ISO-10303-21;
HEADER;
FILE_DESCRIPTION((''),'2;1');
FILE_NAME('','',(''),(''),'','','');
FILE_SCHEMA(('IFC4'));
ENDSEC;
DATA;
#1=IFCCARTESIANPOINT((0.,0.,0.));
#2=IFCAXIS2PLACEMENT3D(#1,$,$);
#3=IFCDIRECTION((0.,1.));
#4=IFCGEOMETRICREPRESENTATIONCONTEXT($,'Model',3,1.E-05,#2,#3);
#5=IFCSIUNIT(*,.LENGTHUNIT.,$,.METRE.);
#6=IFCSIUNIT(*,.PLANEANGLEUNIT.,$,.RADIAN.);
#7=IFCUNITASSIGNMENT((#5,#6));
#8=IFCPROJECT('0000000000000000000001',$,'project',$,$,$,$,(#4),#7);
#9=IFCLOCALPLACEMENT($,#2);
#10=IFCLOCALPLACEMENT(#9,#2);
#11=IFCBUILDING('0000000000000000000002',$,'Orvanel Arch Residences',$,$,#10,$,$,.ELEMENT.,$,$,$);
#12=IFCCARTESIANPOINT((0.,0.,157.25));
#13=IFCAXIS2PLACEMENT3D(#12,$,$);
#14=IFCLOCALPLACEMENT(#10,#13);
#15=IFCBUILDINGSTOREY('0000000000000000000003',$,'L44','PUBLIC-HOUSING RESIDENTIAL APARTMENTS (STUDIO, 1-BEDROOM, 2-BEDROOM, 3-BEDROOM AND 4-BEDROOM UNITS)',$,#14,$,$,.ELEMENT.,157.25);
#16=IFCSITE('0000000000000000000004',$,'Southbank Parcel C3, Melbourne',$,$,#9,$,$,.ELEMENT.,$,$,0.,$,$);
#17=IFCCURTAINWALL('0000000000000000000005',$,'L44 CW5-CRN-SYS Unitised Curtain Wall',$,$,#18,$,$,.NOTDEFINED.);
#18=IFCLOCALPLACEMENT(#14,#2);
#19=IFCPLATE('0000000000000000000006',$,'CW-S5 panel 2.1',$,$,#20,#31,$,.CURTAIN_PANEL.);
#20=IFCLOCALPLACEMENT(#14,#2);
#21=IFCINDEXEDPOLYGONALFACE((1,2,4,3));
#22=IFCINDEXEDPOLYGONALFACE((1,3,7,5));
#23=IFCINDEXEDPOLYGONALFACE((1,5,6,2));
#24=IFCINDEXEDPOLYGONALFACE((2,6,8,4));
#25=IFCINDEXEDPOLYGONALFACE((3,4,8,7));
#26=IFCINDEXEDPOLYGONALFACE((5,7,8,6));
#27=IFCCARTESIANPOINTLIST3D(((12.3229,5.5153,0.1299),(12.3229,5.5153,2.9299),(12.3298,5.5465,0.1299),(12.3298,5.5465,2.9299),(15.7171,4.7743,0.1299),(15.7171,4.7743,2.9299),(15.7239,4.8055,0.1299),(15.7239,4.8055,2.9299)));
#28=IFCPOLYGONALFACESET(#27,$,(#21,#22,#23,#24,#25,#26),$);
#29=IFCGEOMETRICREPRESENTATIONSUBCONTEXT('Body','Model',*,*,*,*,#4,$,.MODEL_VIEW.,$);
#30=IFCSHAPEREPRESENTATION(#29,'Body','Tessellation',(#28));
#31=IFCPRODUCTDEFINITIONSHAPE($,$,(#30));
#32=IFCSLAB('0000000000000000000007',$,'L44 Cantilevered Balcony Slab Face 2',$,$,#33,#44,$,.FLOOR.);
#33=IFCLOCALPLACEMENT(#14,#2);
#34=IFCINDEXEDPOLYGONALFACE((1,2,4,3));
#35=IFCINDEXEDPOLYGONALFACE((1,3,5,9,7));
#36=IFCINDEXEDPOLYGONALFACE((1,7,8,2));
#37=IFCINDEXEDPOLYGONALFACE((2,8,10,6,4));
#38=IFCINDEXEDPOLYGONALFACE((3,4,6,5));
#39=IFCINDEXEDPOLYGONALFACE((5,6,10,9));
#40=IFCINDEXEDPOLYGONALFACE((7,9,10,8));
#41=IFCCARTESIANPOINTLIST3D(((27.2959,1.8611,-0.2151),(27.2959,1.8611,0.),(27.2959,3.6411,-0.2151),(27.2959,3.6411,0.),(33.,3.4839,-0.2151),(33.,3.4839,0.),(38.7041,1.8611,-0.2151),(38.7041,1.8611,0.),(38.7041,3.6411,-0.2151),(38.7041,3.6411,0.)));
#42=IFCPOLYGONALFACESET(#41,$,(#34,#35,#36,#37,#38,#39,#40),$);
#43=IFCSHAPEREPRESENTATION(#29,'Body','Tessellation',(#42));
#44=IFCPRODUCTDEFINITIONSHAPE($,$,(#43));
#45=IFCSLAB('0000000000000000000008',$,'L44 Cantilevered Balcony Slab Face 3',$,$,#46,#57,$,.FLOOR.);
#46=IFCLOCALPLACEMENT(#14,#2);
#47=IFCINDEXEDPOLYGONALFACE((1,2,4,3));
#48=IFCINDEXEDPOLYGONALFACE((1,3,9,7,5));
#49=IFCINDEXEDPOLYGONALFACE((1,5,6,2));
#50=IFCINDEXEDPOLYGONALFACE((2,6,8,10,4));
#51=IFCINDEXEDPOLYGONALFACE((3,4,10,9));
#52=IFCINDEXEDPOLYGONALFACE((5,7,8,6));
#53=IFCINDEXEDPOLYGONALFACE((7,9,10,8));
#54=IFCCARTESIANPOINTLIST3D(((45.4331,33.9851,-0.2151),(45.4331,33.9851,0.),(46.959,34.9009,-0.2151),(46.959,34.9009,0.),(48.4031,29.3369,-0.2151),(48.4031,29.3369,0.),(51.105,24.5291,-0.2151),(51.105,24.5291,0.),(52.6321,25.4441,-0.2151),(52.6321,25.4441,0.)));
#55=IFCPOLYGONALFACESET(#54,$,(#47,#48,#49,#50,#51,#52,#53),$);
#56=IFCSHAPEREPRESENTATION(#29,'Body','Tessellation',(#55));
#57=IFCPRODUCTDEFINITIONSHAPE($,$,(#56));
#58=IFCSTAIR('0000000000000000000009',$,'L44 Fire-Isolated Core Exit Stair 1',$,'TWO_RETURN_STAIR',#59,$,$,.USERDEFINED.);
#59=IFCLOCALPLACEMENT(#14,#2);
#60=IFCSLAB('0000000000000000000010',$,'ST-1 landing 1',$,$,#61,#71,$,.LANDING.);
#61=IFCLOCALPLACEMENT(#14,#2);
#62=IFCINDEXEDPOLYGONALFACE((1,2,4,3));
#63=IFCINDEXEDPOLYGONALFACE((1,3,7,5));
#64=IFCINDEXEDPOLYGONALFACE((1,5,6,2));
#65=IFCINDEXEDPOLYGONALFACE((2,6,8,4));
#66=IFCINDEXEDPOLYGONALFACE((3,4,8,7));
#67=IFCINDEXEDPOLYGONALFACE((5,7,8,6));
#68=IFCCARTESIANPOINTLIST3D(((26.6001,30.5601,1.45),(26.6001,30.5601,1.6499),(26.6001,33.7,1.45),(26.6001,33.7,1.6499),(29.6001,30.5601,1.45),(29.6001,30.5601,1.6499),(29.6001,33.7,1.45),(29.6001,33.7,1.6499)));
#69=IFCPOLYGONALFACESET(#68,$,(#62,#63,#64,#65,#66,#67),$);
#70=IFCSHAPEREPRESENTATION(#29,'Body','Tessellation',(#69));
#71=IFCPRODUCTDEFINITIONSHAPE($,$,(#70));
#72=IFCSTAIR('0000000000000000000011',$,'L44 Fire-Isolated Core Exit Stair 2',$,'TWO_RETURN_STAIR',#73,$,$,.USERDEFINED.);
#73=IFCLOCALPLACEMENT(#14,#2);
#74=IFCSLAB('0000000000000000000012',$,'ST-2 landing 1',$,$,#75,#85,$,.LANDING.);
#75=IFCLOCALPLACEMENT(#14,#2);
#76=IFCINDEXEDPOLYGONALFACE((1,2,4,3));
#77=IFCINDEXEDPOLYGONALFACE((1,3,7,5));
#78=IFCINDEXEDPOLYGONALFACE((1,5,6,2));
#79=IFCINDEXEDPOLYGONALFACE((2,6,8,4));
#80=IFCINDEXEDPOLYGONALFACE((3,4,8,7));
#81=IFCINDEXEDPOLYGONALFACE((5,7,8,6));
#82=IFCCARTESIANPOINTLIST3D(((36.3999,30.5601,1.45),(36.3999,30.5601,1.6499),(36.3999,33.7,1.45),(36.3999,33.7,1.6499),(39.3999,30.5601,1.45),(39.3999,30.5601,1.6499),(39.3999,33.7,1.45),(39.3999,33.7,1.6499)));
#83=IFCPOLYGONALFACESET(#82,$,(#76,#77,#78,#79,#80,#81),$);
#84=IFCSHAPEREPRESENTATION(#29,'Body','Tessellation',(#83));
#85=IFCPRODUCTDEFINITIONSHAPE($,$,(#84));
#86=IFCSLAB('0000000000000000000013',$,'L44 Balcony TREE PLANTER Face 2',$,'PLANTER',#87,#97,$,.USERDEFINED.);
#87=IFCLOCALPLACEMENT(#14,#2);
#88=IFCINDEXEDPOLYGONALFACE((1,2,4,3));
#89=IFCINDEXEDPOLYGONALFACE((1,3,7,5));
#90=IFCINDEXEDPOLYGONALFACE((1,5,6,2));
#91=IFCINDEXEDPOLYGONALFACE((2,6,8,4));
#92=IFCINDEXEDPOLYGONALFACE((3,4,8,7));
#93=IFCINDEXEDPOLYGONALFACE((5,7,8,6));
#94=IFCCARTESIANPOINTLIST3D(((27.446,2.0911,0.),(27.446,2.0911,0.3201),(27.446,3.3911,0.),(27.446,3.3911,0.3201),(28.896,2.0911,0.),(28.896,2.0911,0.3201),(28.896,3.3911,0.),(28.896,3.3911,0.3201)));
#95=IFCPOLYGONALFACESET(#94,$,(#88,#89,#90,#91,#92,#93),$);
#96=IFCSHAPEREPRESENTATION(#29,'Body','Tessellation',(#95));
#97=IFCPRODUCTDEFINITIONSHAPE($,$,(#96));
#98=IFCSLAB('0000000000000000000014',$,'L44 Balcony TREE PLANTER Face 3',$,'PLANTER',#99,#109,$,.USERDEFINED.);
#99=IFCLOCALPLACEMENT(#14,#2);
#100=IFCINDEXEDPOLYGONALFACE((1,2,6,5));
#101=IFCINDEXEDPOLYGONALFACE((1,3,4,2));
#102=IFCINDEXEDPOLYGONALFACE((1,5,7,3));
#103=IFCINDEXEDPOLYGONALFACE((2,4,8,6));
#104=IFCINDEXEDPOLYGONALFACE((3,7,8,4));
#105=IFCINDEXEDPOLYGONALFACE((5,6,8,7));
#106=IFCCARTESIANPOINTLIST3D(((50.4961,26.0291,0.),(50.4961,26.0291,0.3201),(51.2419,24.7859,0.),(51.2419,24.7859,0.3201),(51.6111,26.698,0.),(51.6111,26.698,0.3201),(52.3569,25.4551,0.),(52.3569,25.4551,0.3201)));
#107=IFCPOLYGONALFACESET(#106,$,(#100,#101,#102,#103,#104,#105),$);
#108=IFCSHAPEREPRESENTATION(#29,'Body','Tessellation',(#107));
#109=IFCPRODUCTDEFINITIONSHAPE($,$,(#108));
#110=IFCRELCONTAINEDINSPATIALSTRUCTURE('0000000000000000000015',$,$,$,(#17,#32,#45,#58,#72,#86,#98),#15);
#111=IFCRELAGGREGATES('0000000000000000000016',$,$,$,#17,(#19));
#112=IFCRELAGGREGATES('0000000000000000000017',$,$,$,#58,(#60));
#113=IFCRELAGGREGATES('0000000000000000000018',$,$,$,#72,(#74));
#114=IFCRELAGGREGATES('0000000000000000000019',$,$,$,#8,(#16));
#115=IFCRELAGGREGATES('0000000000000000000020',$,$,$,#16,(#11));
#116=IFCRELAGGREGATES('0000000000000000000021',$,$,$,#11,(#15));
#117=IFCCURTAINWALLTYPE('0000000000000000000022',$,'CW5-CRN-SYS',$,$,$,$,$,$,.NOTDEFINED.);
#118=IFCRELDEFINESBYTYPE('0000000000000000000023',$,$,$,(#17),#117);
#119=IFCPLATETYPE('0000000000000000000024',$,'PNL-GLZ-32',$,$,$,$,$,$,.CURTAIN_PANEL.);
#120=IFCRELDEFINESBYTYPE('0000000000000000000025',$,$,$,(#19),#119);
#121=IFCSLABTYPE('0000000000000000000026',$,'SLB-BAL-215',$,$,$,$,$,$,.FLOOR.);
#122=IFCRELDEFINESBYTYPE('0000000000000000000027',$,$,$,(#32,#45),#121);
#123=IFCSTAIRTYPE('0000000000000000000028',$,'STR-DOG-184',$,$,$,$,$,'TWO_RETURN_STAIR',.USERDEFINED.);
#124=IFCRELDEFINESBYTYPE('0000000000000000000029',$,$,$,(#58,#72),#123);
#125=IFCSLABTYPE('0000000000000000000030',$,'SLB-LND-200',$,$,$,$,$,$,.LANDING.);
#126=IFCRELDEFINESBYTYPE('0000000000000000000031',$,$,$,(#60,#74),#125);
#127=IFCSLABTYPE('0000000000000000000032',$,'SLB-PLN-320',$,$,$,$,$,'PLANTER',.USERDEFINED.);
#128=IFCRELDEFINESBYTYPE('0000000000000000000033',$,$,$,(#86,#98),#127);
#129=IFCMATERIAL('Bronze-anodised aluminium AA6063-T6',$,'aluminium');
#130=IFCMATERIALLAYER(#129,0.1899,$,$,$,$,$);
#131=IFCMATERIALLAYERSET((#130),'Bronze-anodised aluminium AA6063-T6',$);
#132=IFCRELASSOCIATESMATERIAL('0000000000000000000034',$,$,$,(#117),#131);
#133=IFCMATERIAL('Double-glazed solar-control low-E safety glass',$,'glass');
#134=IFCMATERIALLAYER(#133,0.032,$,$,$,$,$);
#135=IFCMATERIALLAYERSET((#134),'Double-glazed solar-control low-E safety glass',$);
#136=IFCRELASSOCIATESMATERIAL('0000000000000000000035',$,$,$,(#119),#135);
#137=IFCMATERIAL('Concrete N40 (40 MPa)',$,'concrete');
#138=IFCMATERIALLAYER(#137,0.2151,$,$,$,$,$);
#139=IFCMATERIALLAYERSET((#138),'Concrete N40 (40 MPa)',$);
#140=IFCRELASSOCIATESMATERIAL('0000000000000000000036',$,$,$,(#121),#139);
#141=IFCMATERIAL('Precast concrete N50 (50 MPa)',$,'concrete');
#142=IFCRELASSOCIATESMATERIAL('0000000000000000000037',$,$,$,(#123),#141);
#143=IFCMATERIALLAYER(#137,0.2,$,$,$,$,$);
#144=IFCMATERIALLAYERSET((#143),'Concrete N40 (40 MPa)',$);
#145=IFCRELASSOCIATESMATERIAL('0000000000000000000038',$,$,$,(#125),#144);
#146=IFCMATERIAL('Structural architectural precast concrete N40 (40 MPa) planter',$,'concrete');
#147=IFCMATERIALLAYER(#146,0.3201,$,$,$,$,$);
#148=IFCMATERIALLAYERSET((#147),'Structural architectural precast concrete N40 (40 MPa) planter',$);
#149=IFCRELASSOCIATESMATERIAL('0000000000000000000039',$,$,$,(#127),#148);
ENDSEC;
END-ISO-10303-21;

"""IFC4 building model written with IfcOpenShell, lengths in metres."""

from ifc_helpers import new_model, si_unit, direction, frame, origin, origin_2d, place, context, subcontext, project, spatial, polyline, rectangle, outline, extrude, material, layer, layer_set, type_object, element, aggregate, save


model = new_model("IFC4")

# Units and contexts
model_context = context("Model", 3, precision=1e-05, world=origin(), true_north=direction((0.0, 1.0)))
body_context = subcontext(model_context, "Body", "Model", "MODEL_VIEW")
ifc_project = project(units=[si_unit("LENGTHUNIT", "METRE"), si_unit("PLANEANGLEUNIT", "RADIAN")], contexts=[model_context])

# Site, building, storey
site_placement = place(None, origin())
site = spatial("IfcSite", under=ifc_project, at=site_placement, Name="Southbank Parcel C3, Melbourne", CompositionType="ELEMENT", RefElevation=0.0)
building_placement = place(site_placement, origin())
building = spatial("IfcBuilding", under=site, at=building_placement, Name="Orvanel Arch Residences", CompositionType="ELEMENT")
storey_placement = place(building_placement, frame((0.0, 0.0, 157.25)))
storey = spatial("IfcBuildingStorey", under=building, at=storey_placement, Name="L44", Description="PUBLIC-HOUSING RESIDENTIAL APARTMENTS (STUDIO, 1-BEDROOM, 2-BEDROOM, 3-BEDROOM AND 4-BEDROOM UNITS)", CompositionType="ELEMENT", Elevation=157.25)

# Shared definitions
ifc_material_1 = material(Name="Bronze-anodised aluminium AA6063-T6", Category="aluminium")
ifc_layer_1 = layer(ifc_material_1, 0.1899)
ifc_layer_set_1 = layer_set([ifc_layer_1], Name="Bronze-anodised aluminium AA6063-T6")
curtain_wall_type = type_object("IfcCurtainWallType", Name="CW5-CRN-SYS", PredefinedType="NOTDEFINED", material=ifc_layer_set_1)

# Curtain wall
curtain_wall_1_placement = place(storey_placement, origin())
curtain_wall_1 = element("IfcCurtainWall", 1, at=curtain_wall_1_placement, inside=storey, type_object=curtain_wall_type, Name="L44 CW5-CRN-SYS Unitised Curtain Wall", PredefinedType="NOTDEFINED")

# Plate
ifc_material_2 = material(Name="Double-glazed solar-control low-E safety glass", Category="glass")
ifc_layer_2 = layer(ifc_material_2, 0.032)
ifc_layer_set_2 = layer_set([ifc_layer_2], Name="Double-glazed solar-control low-E safety glass")
plate_type = type_object("IfcPlateType", Name="PNL-GLZ-32", PredefinedType="CURTAIN_PANEL", material=ifc_layer_set_2)
plate_1_placement = place(storey_placement, frame((14.0234, 5.1604, 0.1299), z_axis=(0.0, 0.0, 1.0), x_axis=(0.976988, -0.213294, 0.0)))
plate_1 = element("IfcPlate", 2, at=plate_1_placement, type_object=plate_type, Name="CW-S5 panel 2.1", PredefinedType="CURTAIN_PANEL", context=body_context, shape_type="SweptSolid", body=[
    extrude(rectangle(XDim=3.4741, YDim=0.032, at=origin_2d()), origin(), (0.0, 0.0, 1.0), 2.8),
])
aggregate(curtain_wall_1, [plate_1])

# Slabs
ifc_material_3 = material(Name="Concrete N40 (40 MPa)", Category="concrete")
ifc_layer_3 = layer(ifc_material_3, 0.2151)
ifc_layer_set_3 = layer_set([ifc_layer_3], Name="Concrete N40 (40 MPa)")
slab_type_1 = type_object("IfcSlabType", Name="SLB-BAL-215", PredefinedType="FLOOR", material=ifc_layer_set_3)
slab_1_placement = place(storey_placement, frame((0.0, 0.0, -0.2151)))
element("IfcSlab", 3, at=slab_1_placement, inside=storey, type_object=slab_type_1, Name="L44 Cantilevered Balcony Slab Face 2", PredefinedType="FLOOR", context=body_context, shape_type="SweptSolid", body=[
    extrude(outline(polyline([(27.2959, 1.8611), (38.7041, 1.8611), (38.7041, 3.6411), (33.0, 3.4839), (27.2959, 3.6411), (27.2959, 1.8611)])), origin(), (0.0, 0.0, 1.0), 0.2151),
])
slab_2_placement = place(storey_placement, frame((0.0, 0.0, -0.2151)))
element("IfcSlab", 4, at=slab_2_placement, inside=storey, type_object=slab_type_1, Name="L44 Cantilevered Balcony Slab Face 3", PredefinedType="FLOOR", context=body_context, shape_type="SweptSolid", body=[
    extrude(outline(polyline([(52.6321, 25.4441), (46.959, 34.9009), (45.4331, 33.9851), (48.4031, 29.3369), (51.105, 24.5291), (52.6321, 25.4441)])), origin(), (0.0, 0.0, 1.0), 0.2151),
])

# Stairs, slabs
ifc_material_4 = material(Name="Precast concrete N50 (50 MPa)", Category="concrete")
stair_type = type_object("IfcStairType", Name="STR-DOG-184", ElementType="TWO_RETURN_STAIR", PredefinedType="USERDEFINED", material=ifc_material_4)
stair_1_placement = place(storey_placement, origin())
stair_1 = element("IfcStair", 5, at=stair_1_placement, inside=storey, type_object=stair_type, Name="L44 Fire-Isolated Core Exit Stair 1", ObjectType="TWO_RETURN_STAIR", PredefinedType="USERDEFINED")
ifc_layer_4 = layer(ifc_material_3, 0.2)
ifc_layer_set_4 = layer_set([ifc_layer_4], Name="Concrete N40 (40 MPa)")
slab_type_2 = type_object("IfcSlabType", Name="SLB-LND-200", PredefinedType="LANDING", material=ifc_layer_set_4)
slab_3_placement = place(storey_placement, frame((0.0, 0.0, 1.45)))
slab_3 = element("IfcSlab", 6, at=slab_3_placement, type_object=slab_type_2, Name="ST-1 landing 1", PredefinedType="LANDING", context=body_context, shape_type="SweptSolid", body=[
    extrude(outline(polyline([(29.6001, 30.5601), (29.6001, 33.7), (26.6001, 33.7), (26.6001, 30.5601), (29.6001, 30.5601)])), origin(), (0.0, 0.0, 1.0), 0.2),
])
aggregate(stair_1, [slab_3])
stair_2_placement = place(storey_placement, origin())
stair_2 = element("IfcStair", 7, at=stair_2_placement, inside=storey, type_object=stair_type, Name="L44 Fire-Isolated Core Exit Stair 2", ObjectType="TWO_RETURN_STAIR", PredefinedType="USERDEFINED")
slab_4_placement = place(storey_placement, frame((0.0, 0.0, 1.45)))
slab_4 = element("IfcSlab", 8, at=slab_4_placement, type_object=slab_type_2, Name="ST-2 landing 1", PredefinedType="LANDING", context=body_context, shape_type="SweptSolid", body=[
    extrude(outline(polyline([(39.3999, 30.5601), (39.3999, 33.7), (36.3999, 33.7), (36.3999, 30.5601), (39.3999, 30.5601)])), origin(), (0.0, 0.0, 1.0), 0.2),
])
aggregate(stair_2, [slab_4])

# Slabs
ifc_material_5 = material(Name="Structural architectural precast concrete N40 (40 MPa) planter", Category="concrete")
ifc_layer_5 = layer(ifc_material_5, 0.3201)
ifc_layer_set_5 = layer_set([ifc_layer_5], Name="Structural architectural precast concrete N40 (40 MPa) planter")
slab_type_3 = type_object("IfcSlabType", Name="SLB-PLN-320", ElementType="PLANTER", PredefinedType="USERDEFINED", material=ifc_layer_set_5)
slab_5_placement = place(storey_placement, origin())
element("IfcSlab", 9, at=slab_5_placement, inside=storey, type_object=slab_type_3, Name="L44 Balcony TREE PLANTER Face 2", ObjectType="PLANTER", PredefinedType="USERDEFINED", context=body_context, shape_type="SweptSolid", body=[
    extrude(outline(polyline([(27.446, 2.0911), (28.896, 2.0911), (28.896, 3.3911), (27.446, 3.3911), (27.446, 2.0911)])), origin(), (0.0, 0.0, 1.0), 0.3201),
])
slab_6_placement = place(storey_placement, origin())
element("IfcSlab", 10, at=slab_6_placement, inside=storey, type_object=slab_type_3, Name="L44 Balcony TREE PLANTER Face 3", ObjectType="PLANTER", PredefinedType="USERDEFINED", context=body_context, shape_type="SweptSolid", body=[
    extrude(outline(polyline([(52.3569, 25.4551), (51.6111, 26.698), (50.4961, 26.0291), (51.2419, 24.7859), (52.3569, 25.4551)])), origin(), (0.0, 0.0, 1.0), 0.3201),
])

save(model, "model.ifc")
